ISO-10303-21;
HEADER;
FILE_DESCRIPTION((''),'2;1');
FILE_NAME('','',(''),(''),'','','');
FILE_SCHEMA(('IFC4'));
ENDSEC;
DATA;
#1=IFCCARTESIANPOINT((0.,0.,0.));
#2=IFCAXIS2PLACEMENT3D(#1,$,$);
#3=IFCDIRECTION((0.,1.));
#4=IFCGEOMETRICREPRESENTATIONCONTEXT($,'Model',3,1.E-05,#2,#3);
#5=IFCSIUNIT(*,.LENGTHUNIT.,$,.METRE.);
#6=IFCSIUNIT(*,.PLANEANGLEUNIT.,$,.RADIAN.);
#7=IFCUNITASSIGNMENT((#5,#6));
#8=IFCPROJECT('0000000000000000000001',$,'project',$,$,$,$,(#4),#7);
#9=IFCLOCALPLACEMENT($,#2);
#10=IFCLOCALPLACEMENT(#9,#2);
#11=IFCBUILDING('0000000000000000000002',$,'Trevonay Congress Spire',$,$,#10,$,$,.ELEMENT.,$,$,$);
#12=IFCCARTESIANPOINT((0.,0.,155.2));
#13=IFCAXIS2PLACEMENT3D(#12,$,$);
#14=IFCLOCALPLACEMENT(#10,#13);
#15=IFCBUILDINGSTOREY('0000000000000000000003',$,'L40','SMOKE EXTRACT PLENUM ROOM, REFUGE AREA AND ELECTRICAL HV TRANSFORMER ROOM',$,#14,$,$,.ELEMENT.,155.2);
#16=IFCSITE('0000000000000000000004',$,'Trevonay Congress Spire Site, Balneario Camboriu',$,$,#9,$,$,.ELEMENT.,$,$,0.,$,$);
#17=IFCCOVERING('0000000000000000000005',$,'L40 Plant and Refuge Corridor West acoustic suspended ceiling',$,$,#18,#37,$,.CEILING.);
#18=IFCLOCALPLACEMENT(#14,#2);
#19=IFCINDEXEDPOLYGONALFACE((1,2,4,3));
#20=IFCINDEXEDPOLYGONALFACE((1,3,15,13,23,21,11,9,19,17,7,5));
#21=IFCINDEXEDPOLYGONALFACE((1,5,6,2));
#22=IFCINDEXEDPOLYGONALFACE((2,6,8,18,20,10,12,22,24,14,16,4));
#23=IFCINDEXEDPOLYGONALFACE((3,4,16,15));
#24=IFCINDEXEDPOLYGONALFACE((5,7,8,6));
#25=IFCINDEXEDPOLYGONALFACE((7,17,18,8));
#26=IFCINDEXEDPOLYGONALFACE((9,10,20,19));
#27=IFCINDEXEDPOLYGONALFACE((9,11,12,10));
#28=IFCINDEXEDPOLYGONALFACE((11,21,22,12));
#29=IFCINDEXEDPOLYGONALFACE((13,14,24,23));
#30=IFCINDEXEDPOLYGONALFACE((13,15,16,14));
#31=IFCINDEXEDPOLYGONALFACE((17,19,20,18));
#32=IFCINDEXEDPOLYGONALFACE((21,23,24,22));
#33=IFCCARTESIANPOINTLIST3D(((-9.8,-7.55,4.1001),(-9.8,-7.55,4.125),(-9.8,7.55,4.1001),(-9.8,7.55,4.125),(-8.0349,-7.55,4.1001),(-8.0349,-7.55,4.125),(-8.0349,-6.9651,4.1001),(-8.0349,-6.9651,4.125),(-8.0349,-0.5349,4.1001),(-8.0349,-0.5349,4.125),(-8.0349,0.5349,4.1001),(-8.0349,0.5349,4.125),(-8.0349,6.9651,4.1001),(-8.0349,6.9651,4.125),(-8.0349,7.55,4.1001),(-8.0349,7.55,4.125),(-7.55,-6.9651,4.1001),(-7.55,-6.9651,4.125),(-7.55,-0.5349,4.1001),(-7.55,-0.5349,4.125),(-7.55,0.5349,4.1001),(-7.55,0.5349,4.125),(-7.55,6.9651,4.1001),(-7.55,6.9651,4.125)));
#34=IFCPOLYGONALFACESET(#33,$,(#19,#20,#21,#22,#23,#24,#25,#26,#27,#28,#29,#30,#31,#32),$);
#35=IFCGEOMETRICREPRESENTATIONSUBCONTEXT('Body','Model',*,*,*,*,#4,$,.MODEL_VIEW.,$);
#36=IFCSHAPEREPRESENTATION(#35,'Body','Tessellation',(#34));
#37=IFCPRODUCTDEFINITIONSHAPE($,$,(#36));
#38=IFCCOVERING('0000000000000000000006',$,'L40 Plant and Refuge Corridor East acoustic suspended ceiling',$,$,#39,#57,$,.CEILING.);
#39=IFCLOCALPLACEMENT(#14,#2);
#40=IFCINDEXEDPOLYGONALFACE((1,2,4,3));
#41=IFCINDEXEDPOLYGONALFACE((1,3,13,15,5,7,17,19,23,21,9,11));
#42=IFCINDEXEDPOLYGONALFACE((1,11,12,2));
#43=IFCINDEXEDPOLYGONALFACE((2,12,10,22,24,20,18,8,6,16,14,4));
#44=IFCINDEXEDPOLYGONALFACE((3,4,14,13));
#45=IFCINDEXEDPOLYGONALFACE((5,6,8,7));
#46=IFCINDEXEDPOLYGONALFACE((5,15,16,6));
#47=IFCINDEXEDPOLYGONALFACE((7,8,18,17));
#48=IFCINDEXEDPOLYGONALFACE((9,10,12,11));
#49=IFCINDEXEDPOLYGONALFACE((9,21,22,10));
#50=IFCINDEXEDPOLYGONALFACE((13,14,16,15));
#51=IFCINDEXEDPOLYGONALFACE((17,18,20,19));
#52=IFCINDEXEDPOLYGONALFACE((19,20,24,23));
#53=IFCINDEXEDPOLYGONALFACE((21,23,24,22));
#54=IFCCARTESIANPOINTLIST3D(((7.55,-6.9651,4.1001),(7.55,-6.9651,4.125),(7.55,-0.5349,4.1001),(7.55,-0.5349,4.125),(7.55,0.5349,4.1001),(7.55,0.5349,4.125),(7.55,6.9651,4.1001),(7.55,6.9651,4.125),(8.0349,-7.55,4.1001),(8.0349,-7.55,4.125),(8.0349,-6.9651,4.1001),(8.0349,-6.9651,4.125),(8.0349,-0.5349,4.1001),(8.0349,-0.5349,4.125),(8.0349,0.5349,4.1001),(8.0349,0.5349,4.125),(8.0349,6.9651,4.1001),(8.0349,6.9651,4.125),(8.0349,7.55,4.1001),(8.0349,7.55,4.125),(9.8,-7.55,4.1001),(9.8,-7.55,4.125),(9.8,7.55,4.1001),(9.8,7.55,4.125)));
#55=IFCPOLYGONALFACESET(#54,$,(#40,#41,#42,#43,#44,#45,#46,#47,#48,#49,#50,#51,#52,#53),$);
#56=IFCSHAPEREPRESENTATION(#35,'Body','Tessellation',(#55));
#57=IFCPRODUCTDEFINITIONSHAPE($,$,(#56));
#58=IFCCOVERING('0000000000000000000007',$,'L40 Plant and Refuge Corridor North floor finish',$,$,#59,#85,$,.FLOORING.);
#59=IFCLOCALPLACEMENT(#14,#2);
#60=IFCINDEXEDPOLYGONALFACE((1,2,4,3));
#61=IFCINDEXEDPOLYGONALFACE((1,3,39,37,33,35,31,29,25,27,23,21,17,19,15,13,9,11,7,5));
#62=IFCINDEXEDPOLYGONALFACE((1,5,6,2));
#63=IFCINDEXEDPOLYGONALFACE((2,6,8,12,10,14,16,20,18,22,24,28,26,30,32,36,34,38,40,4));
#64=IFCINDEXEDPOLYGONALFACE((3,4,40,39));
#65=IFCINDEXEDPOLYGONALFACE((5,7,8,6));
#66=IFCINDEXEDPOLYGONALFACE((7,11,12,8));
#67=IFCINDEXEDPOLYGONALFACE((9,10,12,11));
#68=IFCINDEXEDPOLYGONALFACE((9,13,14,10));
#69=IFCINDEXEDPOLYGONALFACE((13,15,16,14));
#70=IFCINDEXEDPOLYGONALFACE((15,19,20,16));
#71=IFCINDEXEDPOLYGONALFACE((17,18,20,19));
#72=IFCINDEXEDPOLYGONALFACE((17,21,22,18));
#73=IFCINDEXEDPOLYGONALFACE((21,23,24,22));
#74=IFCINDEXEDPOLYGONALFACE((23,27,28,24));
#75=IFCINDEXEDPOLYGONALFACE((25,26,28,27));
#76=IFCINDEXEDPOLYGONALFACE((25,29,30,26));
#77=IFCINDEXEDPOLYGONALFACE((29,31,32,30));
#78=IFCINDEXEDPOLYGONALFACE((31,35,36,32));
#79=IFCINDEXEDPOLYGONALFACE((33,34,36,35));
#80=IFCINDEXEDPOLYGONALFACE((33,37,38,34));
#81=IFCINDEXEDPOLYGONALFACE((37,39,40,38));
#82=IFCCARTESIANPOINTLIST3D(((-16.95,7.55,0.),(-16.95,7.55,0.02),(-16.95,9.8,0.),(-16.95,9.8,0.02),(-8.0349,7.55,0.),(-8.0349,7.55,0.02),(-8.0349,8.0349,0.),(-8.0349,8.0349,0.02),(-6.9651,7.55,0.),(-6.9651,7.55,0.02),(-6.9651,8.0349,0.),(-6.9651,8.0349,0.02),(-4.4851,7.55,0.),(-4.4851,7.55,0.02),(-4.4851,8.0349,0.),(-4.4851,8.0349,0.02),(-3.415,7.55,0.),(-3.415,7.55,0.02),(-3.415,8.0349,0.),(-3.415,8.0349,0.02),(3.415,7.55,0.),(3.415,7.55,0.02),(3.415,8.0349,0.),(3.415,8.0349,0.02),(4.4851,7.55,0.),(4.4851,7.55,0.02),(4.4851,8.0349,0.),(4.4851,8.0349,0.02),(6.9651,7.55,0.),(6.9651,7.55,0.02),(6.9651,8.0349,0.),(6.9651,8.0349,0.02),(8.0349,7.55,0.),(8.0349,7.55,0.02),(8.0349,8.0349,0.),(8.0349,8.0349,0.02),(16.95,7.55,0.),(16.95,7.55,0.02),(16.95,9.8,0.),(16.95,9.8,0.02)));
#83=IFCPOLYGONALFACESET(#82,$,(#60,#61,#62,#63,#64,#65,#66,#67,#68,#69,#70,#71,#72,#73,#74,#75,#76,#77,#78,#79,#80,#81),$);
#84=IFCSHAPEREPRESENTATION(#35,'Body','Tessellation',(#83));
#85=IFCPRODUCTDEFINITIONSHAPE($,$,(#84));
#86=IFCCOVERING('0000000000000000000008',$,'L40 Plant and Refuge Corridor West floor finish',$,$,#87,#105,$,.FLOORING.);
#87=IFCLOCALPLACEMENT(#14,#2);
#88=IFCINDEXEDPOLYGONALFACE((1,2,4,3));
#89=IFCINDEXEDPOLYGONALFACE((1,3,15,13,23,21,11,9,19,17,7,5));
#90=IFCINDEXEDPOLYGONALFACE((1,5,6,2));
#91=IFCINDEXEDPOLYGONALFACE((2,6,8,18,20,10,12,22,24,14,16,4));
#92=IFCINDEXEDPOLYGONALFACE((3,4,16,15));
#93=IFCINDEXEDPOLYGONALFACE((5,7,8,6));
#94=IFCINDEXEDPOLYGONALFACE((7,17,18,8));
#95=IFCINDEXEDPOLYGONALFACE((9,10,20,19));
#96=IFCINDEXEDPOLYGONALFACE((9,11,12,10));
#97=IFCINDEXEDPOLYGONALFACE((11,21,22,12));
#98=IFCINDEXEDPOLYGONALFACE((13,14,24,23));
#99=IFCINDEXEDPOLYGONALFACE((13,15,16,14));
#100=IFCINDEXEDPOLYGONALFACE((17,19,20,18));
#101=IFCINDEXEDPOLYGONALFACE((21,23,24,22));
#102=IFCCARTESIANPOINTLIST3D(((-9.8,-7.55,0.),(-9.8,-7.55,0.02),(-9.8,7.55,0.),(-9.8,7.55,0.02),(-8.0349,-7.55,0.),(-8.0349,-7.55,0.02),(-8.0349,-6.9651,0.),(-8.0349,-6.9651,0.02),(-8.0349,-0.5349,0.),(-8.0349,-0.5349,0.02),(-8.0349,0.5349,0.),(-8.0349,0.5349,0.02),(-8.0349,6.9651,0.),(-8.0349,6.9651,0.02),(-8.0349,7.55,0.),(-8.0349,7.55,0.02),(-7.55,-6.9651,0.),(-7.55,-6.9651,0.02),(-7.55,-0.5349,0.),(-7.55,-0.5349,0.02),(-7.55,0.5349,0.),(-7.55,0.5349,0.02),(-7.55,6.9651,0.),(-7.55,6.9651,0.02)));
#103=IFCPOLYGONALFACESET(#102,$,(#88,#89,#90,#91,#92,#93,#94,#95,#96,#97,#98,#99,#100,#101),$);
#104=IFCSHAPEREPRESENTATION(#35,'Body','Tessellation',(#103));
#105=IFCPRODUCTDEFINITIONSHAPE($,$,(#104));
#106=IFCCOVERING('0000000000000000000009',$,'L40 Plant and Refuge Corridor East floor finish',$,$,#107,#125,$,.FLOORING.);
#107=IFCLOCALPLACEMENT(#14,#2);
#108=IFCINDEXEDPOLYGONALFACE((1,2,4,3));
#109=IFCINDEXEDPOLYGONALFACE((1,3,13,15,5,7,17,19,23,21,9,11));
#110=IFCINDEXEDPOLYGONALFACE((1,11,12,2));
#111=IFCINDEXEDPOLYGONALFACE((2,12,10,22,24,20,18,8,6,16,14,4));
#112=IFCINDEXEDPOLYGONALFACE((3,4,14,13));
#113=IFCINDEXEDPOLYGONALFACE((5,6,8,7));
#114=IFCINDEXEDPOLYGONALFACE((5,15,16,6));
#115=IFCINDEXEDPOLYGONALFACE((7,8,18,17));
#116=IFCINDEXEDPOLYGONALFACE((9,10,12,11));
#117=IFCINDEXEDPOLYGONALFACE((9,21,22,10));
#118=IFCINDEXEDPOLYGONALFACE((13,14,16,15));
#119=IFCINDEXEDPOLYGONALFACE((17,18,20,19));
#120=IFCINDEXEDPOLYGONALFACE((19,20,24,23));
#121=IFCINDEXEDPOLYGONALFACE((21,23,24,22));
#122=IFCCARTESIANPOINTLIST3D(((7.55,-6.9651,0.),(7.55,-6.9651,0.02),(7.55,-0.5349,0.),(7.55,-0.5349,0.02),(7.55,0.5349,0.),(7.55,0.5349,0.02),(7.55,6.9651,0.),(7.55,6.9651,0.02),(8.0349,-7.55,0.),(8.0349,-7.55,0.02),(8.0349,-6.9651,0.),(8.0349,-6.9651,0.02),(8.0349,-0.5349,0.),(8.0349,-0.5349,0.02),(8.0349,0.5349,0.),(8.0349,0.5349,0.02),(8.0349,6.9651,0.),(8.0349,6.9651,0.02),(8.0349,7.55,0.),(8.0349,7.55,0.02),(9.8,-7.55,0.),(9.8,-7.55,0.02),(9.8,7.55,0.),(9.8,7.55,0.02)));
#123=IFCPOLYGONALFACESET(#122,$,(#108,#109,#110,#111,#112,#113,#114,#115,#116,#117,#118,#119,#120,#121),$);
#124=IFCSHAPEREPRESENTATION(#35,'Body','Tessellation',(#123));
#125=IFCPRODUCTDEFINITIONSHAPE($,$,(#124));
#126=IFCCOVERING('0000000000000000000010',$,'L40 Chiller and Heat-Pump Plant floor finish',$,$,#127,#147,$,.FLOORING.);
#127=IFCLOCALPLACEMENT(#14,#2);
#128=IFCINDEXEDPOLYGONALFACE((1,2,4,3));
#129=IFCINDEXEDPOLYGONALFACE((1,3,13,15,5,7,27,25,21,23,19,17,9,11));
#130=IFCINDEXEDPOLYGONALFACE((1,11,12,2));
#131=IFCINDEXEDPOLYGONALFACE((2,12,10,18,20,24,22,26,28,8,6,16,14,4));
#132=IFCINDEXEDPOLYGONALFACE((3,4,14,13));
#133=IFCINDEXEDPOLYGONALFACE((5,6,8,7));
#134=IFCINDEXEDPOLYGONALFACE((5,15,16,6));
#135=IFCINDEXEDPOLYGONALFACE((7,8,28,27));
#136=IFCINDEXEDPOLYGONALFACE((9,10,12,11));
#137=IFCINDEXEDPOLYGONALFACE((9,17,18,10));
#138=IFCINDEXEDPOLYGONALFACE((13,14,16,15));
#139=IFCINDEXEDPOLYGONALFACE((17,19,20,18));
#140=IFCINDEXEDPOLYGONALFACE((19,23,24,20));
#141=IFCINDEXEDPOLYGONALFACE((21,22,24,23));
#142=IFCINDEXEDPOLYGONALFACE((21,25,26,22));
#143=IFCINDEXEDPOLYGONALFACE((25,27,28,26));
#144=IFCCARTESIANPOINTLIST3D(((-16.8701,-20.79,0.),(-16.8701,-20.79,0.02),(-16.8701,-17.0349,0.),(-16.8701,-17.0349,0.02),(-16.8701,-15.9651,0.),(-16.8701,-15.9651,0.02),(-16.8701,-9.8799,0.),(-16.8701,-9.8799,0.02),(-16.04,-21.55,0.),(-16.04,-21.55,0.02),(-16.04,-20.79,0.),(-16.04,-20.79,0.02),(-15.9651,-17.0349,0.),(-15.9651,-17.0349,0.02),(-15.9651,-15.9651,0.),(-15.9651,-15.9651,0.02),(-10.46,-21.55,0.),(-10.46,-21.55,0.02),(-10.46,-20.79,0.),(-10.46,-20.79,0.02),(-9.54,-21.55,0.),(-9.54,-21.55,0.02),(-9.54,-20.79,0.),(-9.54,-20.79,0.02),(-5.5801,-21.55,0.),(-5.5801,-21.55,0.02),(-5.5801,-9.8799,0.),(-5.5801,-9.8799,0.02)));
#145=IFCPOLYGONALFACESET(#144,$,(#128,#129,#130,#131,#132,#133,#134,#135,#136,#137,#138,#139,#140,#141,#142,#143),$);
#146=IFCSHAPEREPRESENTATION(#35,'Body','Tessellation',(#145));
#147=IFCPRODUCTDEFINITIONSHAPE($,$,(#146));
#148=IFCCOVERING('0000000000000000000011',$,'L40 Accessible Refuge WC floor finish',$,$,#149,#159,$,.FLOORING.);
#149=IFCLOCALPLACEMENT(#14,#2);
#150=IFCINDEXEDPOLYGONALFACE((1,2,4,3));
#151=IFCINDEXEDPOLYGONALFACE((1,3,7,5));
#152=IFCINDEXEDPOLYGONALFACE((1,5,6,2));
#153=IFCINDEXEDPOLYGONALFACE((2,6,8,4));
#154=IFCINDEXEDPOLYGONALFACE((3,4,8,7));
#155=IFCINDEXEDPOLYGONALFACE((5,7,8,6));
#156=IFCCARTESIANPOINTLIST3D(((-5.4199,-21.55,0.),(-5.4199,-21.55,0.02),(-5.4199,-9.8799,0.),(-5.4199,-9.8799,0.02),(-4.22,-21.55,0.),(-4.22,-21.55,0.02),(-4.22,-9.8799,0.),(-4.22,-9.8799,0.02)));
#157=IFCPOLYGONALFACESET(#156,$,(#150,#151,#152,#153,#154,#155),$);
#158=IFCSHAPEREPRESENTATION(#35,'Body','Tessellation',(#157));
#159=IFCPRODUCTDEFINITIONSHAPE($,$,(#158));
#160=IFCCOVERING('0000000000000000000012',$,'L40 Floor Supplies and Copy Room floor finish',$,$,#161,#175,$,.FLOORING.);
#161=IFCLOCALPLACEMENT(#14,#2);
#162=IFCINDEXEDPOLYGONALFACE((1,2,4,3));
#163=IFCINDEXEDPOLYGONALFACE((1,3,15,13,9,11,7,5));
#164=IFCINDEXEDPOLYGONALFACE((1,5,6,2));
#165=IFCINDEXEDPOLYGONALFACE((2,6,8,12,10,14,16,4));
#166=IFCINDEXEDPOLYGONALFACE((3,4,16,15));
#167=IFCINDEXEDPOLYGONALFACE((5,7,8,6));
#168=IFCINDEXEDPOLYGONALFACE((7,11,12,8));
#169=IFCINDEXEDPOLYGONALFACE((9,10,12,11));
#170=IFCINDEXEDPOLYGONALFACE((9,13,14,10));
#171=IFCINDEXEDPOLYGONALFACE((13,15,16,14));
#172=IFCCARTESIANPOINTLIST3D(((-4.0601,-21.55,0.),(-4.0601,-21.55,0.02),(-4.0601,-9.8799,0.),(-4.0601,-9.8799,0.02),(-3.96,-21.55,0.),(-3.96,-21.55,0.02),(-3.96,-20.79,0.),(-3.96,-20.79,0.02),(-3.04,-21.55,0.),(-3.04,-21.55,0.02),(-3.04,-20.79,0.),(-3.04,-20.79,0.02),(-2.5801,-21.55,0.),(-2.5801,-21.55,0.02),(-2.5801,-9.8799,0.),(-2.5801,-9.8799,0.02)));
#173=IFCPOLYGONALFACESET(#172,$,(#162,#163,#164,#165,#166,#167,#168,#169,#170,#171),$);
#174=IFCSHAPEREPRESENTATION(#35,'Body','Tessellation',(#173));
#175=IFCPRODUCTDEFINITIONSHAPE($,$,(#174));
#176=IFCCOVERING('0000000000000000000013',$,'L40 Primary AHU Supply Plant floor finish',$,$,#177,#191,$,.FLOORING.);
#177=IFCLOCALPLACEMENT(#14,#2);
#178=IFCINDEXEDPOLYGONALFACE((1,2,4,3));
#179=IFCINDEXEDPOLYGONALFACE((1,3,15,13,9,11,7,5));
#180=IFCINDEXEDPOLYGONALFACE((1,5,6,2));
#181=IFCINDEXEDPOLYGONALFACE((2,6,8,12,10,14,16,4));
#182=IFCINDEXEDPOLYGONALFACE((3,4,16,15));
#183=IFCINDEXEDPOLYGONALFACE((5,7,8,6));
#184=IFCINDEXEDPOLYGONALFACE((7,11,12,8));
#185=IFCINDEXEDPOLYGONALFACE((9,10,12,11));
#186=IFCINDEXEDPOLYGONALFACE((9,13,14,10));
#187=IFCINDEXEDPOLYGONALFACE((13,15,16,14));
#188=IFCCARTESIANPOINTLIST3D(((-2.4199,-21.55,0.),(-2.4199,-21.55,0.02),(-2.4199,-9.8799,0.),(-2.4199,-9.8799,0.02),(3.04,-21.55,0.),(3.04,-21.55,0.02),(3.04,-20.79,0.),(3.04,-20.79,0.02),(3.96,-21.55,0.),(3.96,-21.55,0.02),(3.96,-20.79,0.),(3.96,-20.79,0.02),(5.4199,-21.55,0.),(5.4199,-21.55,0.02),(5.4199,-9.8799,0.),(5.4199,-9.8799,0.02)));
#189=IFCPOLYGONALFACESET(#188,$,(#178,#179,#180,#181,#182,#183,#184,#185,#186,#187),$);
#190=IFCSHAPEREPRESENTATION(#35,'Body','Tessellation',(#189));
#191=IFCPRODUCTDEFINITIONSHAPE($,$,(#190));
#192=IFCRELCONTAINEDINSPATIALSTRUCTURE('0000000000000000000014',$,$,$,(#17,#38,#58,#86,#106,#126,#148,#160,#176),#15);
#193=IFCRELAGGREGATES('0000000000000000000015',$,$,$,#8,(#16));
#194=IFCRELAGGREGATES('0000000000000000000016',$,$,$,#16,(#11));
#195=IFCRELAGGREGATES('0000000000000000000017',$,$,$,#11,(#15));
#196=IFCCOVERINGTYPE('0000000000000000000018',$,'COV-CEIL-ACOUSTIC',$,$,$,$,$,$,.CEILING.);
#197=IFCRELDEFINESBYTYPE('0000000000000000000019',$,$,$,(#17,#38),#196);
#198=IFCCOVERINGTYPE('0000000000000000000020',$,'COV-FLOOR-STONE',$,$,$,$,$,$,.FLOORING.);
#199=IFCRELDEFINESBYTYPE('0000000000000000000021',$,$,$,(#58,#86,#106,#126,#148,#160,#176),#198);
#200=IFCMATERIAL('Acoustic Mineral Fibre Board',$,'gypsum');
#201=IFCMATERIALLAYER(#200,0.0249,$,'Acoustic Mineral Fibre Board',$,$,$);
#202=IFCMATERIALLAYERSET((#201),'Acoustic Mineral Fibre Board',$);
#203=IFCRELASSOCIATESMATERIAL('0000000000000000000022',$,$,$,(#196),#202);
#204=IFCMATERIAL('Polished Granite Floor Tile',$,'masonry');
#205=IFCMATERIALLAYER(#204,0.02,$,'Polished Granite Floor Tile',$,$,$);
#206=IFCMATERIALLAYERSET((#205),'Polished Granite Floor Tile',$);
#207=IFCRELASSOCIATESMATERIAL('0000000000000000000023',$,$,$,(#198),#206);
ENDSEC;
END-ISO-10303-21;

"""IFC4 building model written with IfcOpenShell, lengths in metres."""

from ifc_helpers import new_model, si_unit, direction, frame, origin, place, context, subcontext, project, spatial, polyline, outline, extrude, material, layer, layer_set, type_object, element, save


model = new_model("IFC4")

# Units and contexts
model_context = context("Model", 3, precision=1e-05, world=origin(), true_north=direction((0.0, 1.0)))
body_context = subcontext(model_context, "Body", "Model", "MODEL_VIEW")
ifc_project = project(units=[si_unit("LENGTHUNIT", "METRE"), si_unit("PLANEANGLEUNIT", "RADIAN")], contexts=[model_context])

# Site, building, storey
site_placement = place(None, origin())
site = spatial("IfcSite", under=ifc_project, at=site_placement, Name="Trevonay Congress Spire Site, Balneario Camboriu", CompositionType="ELEMENT", RefElevation=0.0)
building_placement = place(site_placement, origin())
building = spatial("IfcBuilding", under=site, at=building_placement, Name="Trevonay Congress Spire", CompositionType="ELEMENT")
storey_placement = place(building_placement, frame((0.0, 0.0, 155.2)))
storey = spatial("IfcBuildingStorey", under=building, at=storey_placement, Name="L40", Description="SMOKE EXTRACT PLENUM ROOM, REFUGE AREA AND ELECTRICAL HV TRANSFORMER ROOM", CompositionType="ELEMENT", Elevation=155.2)

# Coverings
ifc_material_1 = material(Name="Acoustic Mineral Fibre Board", Category="gypsum")
ifc_layer_1 = layer(ifc_material_1, 0.0249, Name="Acoustic Mineral Fibre Board")
ifc_layer_set_1 = layer_set([ifc_layer_1], Name="Acoustic Mineral Fibre Board")
covering_type_1 = type_object("IfcCoveringType", Name="COV-CEIL-ACOUSTIC", PredefinedType="CEILING", material=ifc_layer_set_1)
covering_1_placement = place(storey_placement, frame((0.0, 0.0, 4.1001)))
element("IfcCovering", 1, at=covering_1_placement, inside=storey, type_object=covering_type_1, Name="L40 Plant and Refuge Corridor West acoustic suspended ceiling", PredefinedType="CEILING", context=body_context, shape_type="SweptSolid", body=[
    extrude(outline(polyline([(-9.8, 7.55), (-8.0349, 7.55), (-8.0349, 6.9651), (-7.55, 6.9651), (-7.55, 0.5349), (-8.0349, 0.5349), (-8.0349, -0.5349), (-7.55, -0.5349), (-7.55, -6.9651), (-8.0349, -6.9651), (-8.0349, -7.55), (-9.8, -7.55), (-9.8, 7.55)])), origin(), (0.0, 0.0, 1.0), 0.0249),
])
covering_2_placement = place(storey_placement, frame((0.0, 0.0, 4.1001)))
element("IfcCovering", 2, at=covering_2_placement, inside=storey, type_object=covering_type_1, Name="L40 Plant and Refuge Corridor East acoustic suspended ceiling", PredefinedType="CEILING", context=body_context, shape_type="SweptSolid", body=[
    extrude(outline(polyline([(9.8, -7.55), (8.0349, -7.55), (8.0349, -6.9651), (7.55, -6.9651), (7.55, -0.5349), (8.0349, -0.5349), (8.0349, 0.5349), (7.55, 0.5349), (7.55, 6.9651), (8.0349, 6.9651), (8.0349, 7.55), (9.8, 7.55), (9.8, -7.55)])), origin(), (0.0, 0.0, 1.0), 0.0249),
])
ifc_material_2 = material(Name="Polished Granite Floor Tile", Category="masonry")
ifc_layer_2 = layer(ifc_material_2, 0.02, Name="Polished Granite Floor Tile")
ifc_layer_set_2 = layer_set([ifc_layer_2], Name="Polished Granite Floor Tile")
covering_type_2 = type_object("IfcCoveringType", Name="COV-FLOOR-STONE", PredefinedType="FLOORING", material=ifc_layer_set_2)
covering_3_placement = place(storey_placement, origin())
element("IfcCovering", 3, at=covering_3_placement, inside=storey, type_object=covering_type_2, Name="L40 Plant and Refuge Corridor North floor finish", PredefinedType="FLOORING", context=body_context, shape_type="SweptSolid", body=[
    extrude(outline(polyline([(-16.95, 7.55), (-16.95, 9.8), (16.95, 9.8), (16.95, 7.55), (8.0349, 7.55), (8.0349, 8.0349), (6.9651, 8.0349), (6.9651, 7.55), (4.4851, 7.55), (4.4851, 8.0349), (3.415, 8.0349), (3.415, 7.55), (-3.415, 7.55), (-3.415, 8.0349), (-4.4851, 8.0349), (-4.4851, 7.55), (-6.9651, 7.55), (-6.9651, 8.0349), (-8.0349, 8.0349), (-8.0349, 7.55), (-16.95, 7.55)])), origin(), (0.0, 0.0, 1.0), 0.02),
])
covering_4_placement = place(storey_placement, origin())
element("IfcCovering", 4, at=covering_4_placement, inside=storey, type_object=covering_type_2, Name="L40 Plant and Refuge Corridor West floor finish", PredefinedType="FLOORING", context=body_context, shape_type="SweptSolid", body=[
    extrude(outline(polyline([(-9.8, 7.55), (-8.0349, 7.55), (-8.0349, 6.9651), (-7.55, 6.9651), (-7.55, 0.5349), (-8.0349, 0.5349), (-8.0349, -0.5349), (-7.55, -0.5349), (-7.55, -6.9651), (-8.0349, -6.9651), (-8.0349, -7.55), (-9.8, -7.55), (-9.8, 7.55)])), origin(), (0.0, 0.0, 1.0), 0.02),
])
covering_5_placement = place(storey_placement, origin())
element("IfcCovering", 5, at=covering_5_placement, inside=storey, type_object=covering_type_2, Name="L40 Plant and Refuge Corridor East floor finish", PredefinedType="FLOORING", context=body_context, shape_type="SweptSolid", body=[
    extrude(outline(polyline([(9.8, -7.55), (8.0349, -7.55), (8.0349, -6.9651), (7.55, -6.9651), (7.55, -0.5349), (8.0349, -0.5349), (8.0349, 0.5349), (7.55, 0.5349), (7.55, 6.9651), (8.0349, 6.9651), (8.0349, 7.55), (9.8, 7.55), (9.8, -7.55)])), origin(), (0.0, 0.0, 1.0), 0.02),
])
covering_6_placement = place(storey_placement, origin())
element("IfcCovering", 6, at=covering_6_placement, inside=storey, type_object=covering_type_2, Name="L40 Chiller and Heat-Pump Plant floor finish", PredefinedType="FLOORING", context=body_context, shape_type="SweptSolid", body=[
    extrude(outline(polyline([(-16.04, -21.55), (-16.04, -20.79), (-16.8701, -20.79), (-16.8701, -17.0349), (-15.9651, -17.0349), (-15.9651, -15.9651), (-16.8701, -15.9651), (-16.8701, -9.8799), (-5.5801, -9.8799), (-5.5801, -21.55), (-9.54, -21.55), (-9.54, -20.79), (-10.46, -20.79), (-10.46, -21.55), (-16.04, -21.55)])), origin(), (0.0, 0.0, 1.0), 0.02),
])
covering_7_placement = place(storey_placement, origin())
element("IfcCovering", 7, at=covering_7_placement, inside=storey, type_object=covering_type_2, Name="L40 Accessible Refuge WC floor finish", PredefinedType="FLOORING", context=body_context, shape_type="SweptSolid", body=[
    extrude(outline(polyline([(-5.4199, -21.55), (-4.22, -21.55), (-4.22, -9.8799), (-5.4199, -9.8799), (-5.4199, -21.55)])), origin(), (0.0, 0.0, 1.0), 0.02),
])
covering_8_placement = place(storey_placement, origin())
element("IfcCovering", 8, at=covering_8_placement, inside=storey, type_object=covering_type_2, Name="L40 Floor Supplies and Copy Room floor finish", PredefinedType="FLOORING", context=body_context, shape_type="SweptSolid", body=[
    extrude(outline(polyline([(-4.0601, -21.55), (-4.0601, -9.8799), (-2.5801, -9.8799), (-2.5801, -21.55), (-3.04, -21.55), (-3.04, -20.79), (-3.96, -20.79), (-3.96, -21.55), (-4.0601, -21.55)])), origin(), (0.0, 0.0, 1.0), 0.02),
])
covering_9_placement = place(storey_placement, origin())
element("IfcCovering", 9, at=covering_9_placement, inside=storey, type_object=covering_type_2, Name="L40 Primary AHU Supply Plant floor finish", PredefinedType="FLOORING", context=body_context, shape_type="SweptSolid", body=[
    extrude(outline(polyline([(-2.4199, -21.55), (-2.4199, -9.8799), (5.4199, -9.8799), (5.4199, -21.55), (3.96, -21.55), (3.96, -20.79), (3.04, -20.79), (3.04, -21.55), (-2.4199, -21.55)])), origin(), (0.0, 0.0, 1.0), 0.02),
])

save(model, "model.ifc")
